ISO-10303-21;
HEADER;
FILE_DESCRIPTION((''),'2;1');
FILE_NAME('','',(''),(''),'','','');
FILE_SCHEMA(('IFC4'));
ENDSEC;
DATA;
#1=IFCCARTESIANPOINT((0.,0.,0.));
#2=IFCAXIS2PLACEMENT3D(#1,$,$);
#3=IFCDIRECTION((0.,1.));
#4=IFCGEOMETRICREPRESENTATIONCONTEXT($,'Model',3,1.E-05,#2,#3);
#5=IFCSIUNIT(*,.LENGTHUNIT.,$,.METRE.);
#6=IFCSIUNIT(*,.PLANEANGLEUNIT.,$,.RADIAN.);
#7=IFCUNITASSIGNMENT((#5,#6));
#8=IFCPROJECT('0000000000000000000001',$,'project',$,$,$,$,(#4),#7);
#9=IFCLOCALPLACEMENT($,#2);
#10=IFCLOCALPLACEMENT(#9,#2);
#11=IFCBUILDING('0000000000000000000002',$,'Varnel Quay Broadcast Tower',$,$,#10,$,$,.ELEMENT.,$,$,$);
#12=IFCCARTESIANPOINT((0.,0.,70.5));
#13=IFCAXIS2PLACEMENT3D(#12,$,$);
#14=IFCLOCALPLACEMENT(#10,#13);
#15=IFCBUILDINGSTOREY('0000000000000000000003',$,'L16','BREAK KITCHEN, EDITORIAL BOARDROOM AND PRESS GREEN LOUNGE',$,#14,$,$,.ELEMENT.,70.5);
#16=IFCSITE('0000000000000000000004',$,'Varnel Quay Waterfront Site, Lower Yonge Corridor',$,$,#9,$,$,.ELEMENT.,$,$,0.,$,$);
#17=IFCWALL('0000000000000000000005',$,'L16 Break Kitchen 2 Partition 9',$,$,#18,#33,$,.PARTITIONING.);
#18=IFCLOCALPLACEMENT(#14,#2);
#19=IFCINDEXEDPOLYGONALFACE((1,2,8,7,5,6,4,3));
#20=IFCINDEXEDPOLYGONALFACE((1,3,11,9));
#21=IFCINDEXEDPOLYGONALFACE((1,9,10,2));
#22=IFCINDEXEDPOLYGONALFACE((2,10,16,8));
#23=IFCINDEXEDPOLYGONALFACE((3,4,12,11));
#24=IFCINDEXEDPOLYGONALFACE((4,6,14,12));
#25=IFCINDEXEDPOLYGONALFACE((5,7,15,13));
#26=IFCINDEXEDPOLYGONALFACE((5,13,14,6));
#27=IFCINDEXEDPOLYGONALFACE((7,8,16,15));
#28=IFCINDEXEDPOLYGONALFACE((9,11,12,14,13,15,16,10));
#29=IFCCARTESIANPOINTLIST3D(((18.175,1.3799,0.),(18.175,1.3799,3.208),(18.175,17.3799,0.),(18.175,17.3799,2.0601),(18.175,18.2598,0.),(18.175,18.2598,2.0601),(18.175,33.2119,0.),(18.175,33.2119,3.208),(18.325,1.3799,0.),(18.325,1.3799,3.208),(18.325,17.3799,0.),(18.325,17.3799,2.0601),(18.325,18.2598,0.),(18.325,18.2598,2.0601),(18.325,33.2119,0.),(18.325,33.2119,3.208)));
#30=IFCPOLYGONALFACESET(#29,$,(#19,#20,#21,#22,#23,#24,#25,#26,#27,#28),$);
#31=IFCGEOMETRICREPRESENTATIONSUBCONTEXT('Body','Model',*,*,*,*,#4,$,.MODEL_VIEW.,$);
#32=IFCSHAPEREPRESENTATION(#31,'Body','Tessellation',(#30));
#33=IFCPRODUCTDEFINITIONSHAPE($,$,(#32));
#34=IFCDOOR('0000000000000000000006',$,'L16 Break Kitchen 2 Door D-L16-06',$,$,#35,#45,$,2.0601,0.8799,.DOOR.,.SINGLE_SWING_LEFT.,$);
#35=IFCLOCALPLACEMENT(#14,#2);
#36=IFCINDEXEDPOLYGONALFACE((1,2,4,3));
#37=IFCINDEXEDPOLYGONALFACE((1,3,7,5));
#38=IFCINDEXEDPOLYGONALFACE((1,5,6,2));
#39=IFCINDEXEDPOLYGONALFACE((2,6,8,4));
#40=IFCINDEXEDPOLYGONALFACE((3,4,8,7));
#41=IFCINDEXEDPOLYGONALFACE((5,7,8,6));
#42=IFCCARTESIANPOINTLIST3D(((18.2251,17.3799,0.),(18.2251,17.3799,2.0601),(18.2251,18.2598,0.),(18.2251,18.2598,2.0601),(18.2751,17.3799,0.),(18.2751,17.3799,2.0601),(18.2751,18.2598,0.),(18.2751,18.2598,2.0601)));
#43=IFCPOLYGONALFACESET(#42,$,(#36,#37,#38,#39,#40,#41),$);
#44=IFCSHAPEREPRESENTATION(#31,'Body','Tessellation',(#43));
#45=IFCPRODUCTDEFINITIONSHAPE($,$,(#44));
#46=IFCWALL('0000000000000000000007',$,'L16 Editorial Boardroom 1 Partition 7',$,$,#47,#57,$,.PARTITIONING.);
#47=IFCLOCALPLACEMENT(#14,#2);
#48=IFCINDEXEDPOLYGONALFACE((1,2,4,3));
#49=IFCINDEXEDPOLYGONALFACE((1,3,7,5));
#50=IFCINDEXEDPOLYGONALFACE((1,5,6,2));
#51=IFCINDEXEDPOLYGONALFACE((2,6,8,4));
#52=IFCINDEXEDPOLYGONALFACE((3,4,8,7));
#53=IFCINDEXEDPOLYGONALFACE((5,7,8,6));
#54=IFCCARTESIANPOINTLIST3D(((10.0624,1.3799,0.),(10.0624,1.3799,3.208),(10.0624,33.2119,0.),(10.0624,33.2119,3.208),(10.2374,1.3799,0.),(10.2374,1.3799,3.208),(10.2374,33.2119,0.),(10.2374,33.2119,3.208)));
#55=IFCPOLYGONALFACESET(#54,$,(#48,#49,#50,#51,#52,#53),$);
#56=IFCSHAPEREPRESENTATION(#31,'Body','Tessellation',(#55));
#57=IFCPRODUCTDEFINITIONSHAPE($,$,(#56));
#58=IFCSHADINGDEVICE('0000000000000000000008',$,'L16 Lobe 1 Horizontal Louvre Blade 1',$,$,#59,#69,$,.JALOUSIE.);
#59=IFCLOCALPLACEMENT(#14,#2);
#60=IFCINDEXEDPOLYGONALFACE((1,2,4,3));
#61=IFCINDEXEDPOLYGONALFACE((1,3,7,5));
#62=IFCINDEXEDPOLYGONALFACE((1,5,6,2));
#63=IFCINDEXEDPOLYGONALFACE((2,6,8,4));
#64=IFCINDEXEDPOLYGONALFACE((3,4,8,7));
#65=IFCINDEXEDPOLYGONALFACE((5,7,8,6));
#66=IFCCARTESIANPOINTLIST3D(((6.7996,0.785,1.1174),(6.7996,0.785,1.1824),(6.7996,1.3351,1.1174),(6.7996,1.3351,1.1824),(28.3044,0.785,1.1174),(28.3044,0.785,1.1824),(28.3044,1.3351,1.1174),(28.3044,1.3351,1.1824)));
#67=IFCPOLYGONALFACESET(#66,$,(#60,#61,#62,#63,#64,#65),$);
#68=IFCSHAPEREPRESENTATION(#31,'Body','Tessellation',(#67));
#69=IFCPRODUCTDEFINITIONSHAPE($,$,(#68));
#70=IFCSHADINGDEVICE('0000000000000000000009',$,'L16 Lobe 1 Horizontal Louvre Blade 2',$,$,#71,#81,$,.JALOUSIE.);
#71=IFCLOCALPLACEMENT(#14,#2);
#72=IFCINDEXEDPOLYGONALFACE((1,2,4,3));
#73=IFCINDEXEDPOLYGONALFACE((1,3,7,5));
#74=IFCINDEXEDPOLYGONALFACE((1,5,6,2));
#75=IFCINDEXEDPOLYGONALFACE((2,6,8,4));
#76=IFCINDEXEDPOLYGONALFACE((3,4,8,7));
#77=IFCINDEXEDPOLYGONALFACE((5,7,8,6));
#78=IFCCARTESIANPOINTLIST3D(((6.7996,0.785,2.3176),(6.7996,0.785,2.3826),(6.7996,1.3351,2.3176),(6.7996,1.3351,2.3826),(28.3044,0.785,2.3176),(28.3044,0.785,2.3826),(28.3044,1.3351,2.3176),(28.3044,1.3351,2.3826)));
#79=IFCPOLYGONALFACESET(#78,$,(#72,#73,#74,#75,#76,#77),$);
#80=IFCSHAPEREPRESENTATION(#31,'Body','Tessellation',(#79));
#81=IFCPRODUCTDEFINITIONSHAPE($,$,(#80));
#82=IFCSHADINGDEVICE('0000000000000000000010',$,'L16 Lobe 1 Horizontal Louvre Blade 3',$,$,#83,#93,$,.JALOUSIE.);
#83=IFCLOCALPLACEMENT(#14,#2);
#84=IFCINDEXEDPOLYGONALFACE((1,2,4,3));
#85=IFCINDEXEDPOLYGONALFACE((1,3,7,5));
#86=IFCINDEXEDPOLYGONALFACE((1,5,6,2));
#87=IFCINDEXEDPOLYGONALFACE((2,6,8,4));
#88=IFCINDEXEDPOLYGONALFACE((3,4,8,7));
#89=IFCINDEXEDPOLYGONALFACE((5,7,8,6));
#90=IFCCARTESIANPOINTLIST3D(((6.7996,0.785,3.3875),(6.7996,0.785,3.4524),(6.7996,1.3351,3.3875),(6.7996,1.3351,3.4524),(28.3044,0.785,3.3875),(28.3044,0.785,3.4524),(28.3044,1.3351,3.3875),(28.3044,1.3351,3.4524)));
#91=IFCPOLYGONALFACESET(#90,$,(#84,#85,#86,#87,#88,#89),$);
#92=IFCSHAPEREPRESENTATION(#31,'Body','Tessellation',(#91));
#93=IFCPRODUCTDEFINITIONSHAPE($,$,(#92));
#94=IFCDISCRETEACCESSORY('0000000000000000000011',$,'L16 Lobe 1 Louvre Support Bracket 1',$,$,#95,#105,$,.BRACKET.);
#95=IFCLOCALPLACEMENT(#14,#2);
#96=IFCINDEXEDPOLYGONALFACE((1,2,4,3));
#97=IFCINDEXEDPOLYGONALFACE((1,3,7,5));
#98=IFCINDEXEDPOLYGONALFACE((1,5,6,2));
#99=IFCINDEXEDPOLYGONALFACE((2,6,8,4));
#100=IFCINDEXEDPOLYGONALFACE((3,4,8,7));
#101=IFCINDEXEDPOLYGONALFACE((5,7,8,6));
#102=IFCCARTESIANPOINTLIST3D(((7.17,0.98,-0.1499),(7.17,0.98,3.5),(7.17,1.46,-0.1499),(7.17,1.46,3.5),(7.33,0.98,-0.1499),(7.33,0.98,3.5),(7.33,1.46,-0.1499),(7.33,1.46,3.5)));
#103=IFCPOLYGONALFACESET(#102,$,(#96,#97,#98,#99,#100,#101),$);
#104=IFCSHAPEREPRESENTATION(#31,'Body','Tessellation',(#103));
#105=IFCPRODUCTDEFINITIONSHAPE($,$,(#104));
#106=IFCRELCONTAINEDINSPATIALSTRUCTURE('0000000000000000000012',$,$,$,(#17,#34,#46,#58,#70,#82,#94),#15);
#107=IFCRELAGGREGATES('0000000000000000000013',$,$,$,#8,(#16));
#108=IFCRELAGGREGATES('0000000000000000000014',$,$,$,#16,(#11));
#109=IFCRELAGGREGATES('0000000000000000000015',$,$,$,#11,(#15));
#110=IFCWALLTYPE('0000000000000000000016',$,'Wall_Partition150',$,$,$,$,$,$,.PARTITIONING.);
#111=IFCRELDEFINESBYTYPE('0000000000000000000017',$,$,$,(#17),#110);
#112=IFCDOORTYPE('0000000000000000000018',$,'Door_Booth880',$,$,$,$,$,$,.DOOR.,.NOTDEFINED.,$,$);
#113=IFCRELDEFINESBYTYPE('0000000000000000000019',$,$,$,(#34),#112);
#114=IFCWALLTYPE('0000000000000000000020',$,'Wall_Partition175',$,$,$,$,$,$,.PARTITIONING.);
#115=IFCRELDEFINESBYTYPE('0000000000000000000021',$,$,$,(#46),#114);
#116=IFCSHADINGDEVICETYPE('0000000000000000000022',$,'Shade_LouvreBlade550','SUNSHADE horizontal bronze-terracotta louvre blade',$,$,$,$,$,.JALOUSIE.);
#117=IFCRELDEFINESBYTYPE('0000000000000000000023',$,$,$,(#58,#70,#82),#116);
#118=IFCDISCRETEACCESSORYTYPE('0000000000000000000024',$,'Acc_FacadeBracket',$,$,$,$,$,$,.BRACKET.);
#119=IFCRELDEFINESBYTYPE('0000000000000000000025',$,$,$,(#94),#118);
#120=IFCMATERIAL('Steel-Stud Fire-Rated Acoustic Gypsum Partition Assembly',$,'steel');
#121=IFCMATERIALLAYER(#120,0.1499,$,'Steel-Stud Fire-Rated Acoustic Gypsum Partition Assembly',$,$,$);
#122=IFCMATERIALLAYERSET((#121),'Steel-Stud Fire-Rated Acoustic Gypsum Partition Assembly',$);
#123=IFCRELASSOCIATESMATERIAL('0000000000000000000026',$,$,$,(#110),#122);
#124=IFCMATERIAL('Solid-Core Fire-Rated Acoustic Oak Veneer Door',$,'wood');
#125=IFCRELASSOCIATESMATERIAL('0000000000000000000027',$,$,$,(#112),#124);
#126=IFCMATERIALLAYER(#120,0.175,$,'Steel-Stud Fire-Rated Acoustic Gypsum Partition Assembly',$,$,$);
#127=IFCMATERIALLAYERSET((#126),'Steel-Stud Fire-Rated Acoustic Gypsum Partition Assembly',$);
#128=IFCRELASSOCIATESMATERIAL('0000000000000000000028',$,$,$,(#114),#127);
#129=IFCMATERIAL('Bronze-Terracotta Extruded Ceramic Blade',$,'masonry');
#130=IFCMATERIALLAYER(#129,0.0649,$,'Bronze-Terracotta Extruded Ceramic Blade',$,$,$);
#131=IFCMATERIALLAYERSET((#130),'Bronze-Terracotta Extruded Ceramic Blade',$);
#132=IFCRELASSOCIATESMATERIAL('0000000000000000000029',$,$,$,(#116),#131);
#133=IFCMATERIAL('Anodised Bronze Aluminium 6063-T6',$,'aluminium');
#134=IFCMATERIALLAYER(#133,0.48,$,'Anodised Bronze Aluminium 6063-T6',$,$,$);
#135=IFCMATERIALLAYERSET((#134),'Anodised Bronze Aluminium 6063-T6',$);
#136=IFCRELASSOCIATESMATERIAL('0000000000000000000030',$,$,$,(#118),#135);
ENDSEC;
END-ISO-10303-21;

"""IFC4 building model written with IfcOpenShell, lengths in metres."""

from ifc_helpers import new_model, si_unit, direction, frame, frame_2d, origin, origin_2d, place, context, subcontext, project, spatial, rectangle, extrude, source, transform, mapped, material, layer, layer_set, type_object, type_shapes, element, fill, save


model = new_model("IFC4")

# Units and contexts
model_context = context("Model", 3, precision=1e-05, world=origin(), true_north=direction((0.0, 1.0)))
body_context = subcontext(model_context, "Body", "Model", "MODEL_VIEW")
ifc_project = project(units=[si_unit("LENGTHUNIT", "METRE"), si_unit("PLANEANGLEUNIT", "RADIAN")], contexts=[model_context])

# Site, building, storey
site_placement = place(None, origin())
site = spatial("IfcSite", under=ifc_project, at=site_placement, Name="Varnel Quay Waterfront Site, Lower Yonge Corridor", CompositionType="ELEMENT", RefElevation=0.0)
building_placement = place(site_placement, origin())
building = spatial("IfcBuilding", under=site, at=building_placement, Name="Varnel Quay Broadcast Tower", CompositionType="ELEMENT")
storey_placement = place(building_placement, frame((0.0, 0.0, 70.5)))
storey = spatial("IfcBuildingStorey", under=building, at=storey_placement, Name="L16", Description="BREAK KITCHEN, EDITORIAL BOARDROOM AND PRESS GREEN LOUNGE", CompositionType="ELEMENT", Elevation=70.5)

# Shared definitions
ifc_material_1 = material(Name="Anodised Bronze Aluminium 6063-T6", Category="aluminium")

# Shared definitions
ifc_material_2 = material(Name="Steel-Stud Fire-Rated Acoustic Gypsum Partition Assembly", Category="steel")

# Wall, opening, door
ifc_layer_1 = layer(ifc_material_2, 0.1499, Name="Steel-Stud Fire-Rated Acoustic Gypsum Partition Assembly")
ifc_layer_set_1 = layer_set([ifc_layer_1], Name="Steel-Stud Fire-Rated Acoustic Gypsum Partition Assembly")
wall_type_1 = type_object("IfcWallType", Name="Wall_Partition150", PredefinedType="PARTITIONING", material=ifc_layer_set_1)
wall_1_placement = place(storey_placement, frame((18.25, 1.3799, 0.0), z_axis=(0.0, 0.0, 1.0), x_axis=(0.0, 1.0, 0.0)))
wall_1 = element("IfcWall", 1, at=wall_1_placement, inside=storey, type_object=wall_type_1, Name="L16 Break Kitchen 2 Partition 9", PredefinedType="PARTITIONING", context=body_context, shape_type="SweptSolid", body=[
    extrude(rectangle(XDim=31.832, YDim=0.1499, at=frame_2d((15.916, 0.0))), origin(), (0.0, 0.0, 1.0), 3.208),
])
opening_placement = place(wall_1_placement, frame((16.0, 0.0, 0.0)))
opening = element("IfcOpeningElement", 2, at=opening_placement, cuts=wall_1, PredefinedType="OPENING", context=body_context, shape_type="SweptSolid", body=[
    extrude(rectangle(XDim=0.8799, YDim=2.0601, at=frame_2d((0.4399, 1.03))), frame((0.0, 0.085, 0.0), z_axis=(0.0, -1.0, 0.0), x_axis=(1.0, 0.0, 0.0)), (0.0, 0.0, 1.0), 0.1699),
])
ifc_material_3 = material(Name="Solid-Core Fire-Rated Acoustic Oak Veneer Door", Category="wood")
door_type = type_object("IfcDoorType", Name="Door_Booth880", OperationType="NOTDEFINED", PredefinedType="DOOR", material=ifc_material_3)
shared_shape_1 = source(origin(), body_context, "Body", "SweptSolid", [
    extrude(rectangle(XDim=0.8799, YDim=2.0601, at=frame_2d((0.4399, 1.03))), frame((0.0, 0.0249, 0.0), z_axis=(0.0, -1.0, 0.0), x_axis=(1.0, 0.0, 0.0)), (0.0, 0.0, 1.0), 0.05),
])
type_shapes(door_type, [shared_shape_1])
door_placement = place(opening_placement, origin())
door = element("IfcDoor", 3, at=door_placement, inside=storey, type_object=door_type, Name="L16 Break Kitchen 2 Door D-L16-06", OperationType="SINGLE_SWING_LEFT", OverallHeight=2.0601, OverallWidth=0.8799, PredefinedType="DOOR", context=body_context, shape_type="MappedRepresentation", body=[
    mapped(shared_shape_1, transform((0.0, 0.0, 0.0), x_axis=(1.0, 0.0, 0.0), y_axis=(0.0, 1.0, 0.0), z_axis=(0.0, 0.0, 1.0), scale=1.0)),
])
fill(opening, door)

# Wall
ifc_layer_2 = layer(ifc_material_2, 0.175, Name="Steel-Stud Fire-Rated Acoustic Gypsum Partition Assembly")
ifc_layer_set_2 = layer_set([ifc_layer_2], Name="Steel-Stud Fire-Rated Acoustic Gypsum Partition Assembly")
wall_type_2 = type_object("IfcWallType", Name="Wall_Partition175", PredefinedType="PARTITIONING", material=ifc_layer_set_2)
wall_2_placement = place(storey_placement, frame((10.1499, 1.3799, 0.0), z_axis=(0.0, 0.0, 1.0), x_axis=(0.0, 1.0, 0.0)))
element("IfcWall", 4, at=wall_2_placement, inside=storey, type_object=wall_type_2, Name="L16 Editorial Boardroom 1 Partition 7", PredefinedType="PARTITIONING", context=body_context, shape_type="SweptSolid", body=[
    extrude(rectangle(XDim=31.832, YDim=0.175, at=frame_2d((15.916, 0.0))), origin(), (0.0, 0.0, 1.0), 3.208),
])

# Shading devices
ifc_material_4 = material(Name="Bronze-Terracotta Extruded Ceramic Blade", Category="masonry")
ifc_layer_3 = layer(ifc_material_4, 0.0649, Name="Bronze-Terracotta Extruded Ceramic Blade")
ifc_layer_set_3 = layer_set([ifc_layer_3], Name="Bronze-Terracotta Extruded Ceramic Blade")
shading_device_type = type_object("IfcShadingDeviceType", Name="Shade_LouvreBlade550", Description="SUNSHADE horizontal bronze-terracotta louvre blade", PredefinedType="JALOUSIE", material=ifc_layer_set_3)
shared_shape_2 = source(origin(), body_context, "Body", "SweptSolid", [
    extrude(rectangle(XDim=21.5049, YDim=0.55, at=origin_2d()), origin(), (0.0, 0.0, 1.0), 0.0649),
])
type_shapes(shading_device_type, [shared_shape_2])
for number, where, z_axis, x_axis, name in (
    (5, (17.552, 1.0601, 1.1174), (0.0, 0.0, 1.0), (1.0, 0.0, 0.0), "L16 Lobe 1 Horizontal Louvre Blade 1"),
    (6, (17.552, 1.0601, 2.3176), (0.0, 0.0, 1.0), (1.0, 0.0, 0.0), "L16 Lobe 1 Horizontal Louvre Blade 2"),
    (7, (17.552, 1.0601, 3.3875), (0.0, 0.0, 1.0), (1.0, 0.0, 0.0), "L16 Lobe 1 Horizontal Louvre Blade 3"),
):
    element("IfcShadingDevice", number, at=place(storey_placement, frame(where, z_axis=z_axis, x_axis=x_axis)), inside=storey, type_object=shading_device_type, Name=name, PredefinedType="JALOUSIE", context=body_context, shape_type="MappedRepresentation", body=[
        mapped(shared_shape_2, transform((0.0, 0.0, 0.0), x_axis=(1.0, 0.0, 0.0), y_axis=(0.0, 1.0, 0.0), z_axis=(0.0, 0.0, 1.0), scale=1.0)),
    ])

# Discrete accessory
ifc_layer_4 = layer(ifc_material_1, 0.48, Name="Anodised Bronze Aluminium 6063-T6")
ifc_layer_set_4 = layer_set([ifc_layer_4], Name="Anodised Bronze Aluminium 6063-T6")
discrete_accessory_type = type_object("IfcDiscreteAccessoryType", Name="Acc_FacadeBracket", PredefinedType="BRACKET", material=ifc_layer_set_4)
shared_shape_3 = source(origin(), body_context, "Body", "SweptSolid", [
    extrude(rectangle(XDim=0.1599, YDim=0.48, at=origin_2d()), origin(), (0.0, 0.0, 1.0), 3.6499),
])
type_shapes(discrete_accessory_type, [shared_shape_3])
discrete_accessory_placement = place(storey_placement, frame((7.25, 1.22, -0.1499), z_axis=(0.0, 0.0, 1.0), x_axis=(1.0, 0.0, 0.0)))
element("IfcDiscreteAccessory", 8, at=discrete_accessory_placement, inside=storey, type_object=discrete_accessory_type, Name="L16 Lobe 1 Louvre Support Bracket 1", PredefinedType="BRACKET", context=body_context, shape_type="MappedRepresentation", body=[
    mapped(shared_shape_3, transform((0.0, 0.0, 0.0), x_axis=(1.0, 0.0, 0.0), y_axis=(0.0, 1.0, 0.0), z_axis=(0.0, 0.0, 1.0), scale=1.0)),
])

save(model, "model.ifc")
